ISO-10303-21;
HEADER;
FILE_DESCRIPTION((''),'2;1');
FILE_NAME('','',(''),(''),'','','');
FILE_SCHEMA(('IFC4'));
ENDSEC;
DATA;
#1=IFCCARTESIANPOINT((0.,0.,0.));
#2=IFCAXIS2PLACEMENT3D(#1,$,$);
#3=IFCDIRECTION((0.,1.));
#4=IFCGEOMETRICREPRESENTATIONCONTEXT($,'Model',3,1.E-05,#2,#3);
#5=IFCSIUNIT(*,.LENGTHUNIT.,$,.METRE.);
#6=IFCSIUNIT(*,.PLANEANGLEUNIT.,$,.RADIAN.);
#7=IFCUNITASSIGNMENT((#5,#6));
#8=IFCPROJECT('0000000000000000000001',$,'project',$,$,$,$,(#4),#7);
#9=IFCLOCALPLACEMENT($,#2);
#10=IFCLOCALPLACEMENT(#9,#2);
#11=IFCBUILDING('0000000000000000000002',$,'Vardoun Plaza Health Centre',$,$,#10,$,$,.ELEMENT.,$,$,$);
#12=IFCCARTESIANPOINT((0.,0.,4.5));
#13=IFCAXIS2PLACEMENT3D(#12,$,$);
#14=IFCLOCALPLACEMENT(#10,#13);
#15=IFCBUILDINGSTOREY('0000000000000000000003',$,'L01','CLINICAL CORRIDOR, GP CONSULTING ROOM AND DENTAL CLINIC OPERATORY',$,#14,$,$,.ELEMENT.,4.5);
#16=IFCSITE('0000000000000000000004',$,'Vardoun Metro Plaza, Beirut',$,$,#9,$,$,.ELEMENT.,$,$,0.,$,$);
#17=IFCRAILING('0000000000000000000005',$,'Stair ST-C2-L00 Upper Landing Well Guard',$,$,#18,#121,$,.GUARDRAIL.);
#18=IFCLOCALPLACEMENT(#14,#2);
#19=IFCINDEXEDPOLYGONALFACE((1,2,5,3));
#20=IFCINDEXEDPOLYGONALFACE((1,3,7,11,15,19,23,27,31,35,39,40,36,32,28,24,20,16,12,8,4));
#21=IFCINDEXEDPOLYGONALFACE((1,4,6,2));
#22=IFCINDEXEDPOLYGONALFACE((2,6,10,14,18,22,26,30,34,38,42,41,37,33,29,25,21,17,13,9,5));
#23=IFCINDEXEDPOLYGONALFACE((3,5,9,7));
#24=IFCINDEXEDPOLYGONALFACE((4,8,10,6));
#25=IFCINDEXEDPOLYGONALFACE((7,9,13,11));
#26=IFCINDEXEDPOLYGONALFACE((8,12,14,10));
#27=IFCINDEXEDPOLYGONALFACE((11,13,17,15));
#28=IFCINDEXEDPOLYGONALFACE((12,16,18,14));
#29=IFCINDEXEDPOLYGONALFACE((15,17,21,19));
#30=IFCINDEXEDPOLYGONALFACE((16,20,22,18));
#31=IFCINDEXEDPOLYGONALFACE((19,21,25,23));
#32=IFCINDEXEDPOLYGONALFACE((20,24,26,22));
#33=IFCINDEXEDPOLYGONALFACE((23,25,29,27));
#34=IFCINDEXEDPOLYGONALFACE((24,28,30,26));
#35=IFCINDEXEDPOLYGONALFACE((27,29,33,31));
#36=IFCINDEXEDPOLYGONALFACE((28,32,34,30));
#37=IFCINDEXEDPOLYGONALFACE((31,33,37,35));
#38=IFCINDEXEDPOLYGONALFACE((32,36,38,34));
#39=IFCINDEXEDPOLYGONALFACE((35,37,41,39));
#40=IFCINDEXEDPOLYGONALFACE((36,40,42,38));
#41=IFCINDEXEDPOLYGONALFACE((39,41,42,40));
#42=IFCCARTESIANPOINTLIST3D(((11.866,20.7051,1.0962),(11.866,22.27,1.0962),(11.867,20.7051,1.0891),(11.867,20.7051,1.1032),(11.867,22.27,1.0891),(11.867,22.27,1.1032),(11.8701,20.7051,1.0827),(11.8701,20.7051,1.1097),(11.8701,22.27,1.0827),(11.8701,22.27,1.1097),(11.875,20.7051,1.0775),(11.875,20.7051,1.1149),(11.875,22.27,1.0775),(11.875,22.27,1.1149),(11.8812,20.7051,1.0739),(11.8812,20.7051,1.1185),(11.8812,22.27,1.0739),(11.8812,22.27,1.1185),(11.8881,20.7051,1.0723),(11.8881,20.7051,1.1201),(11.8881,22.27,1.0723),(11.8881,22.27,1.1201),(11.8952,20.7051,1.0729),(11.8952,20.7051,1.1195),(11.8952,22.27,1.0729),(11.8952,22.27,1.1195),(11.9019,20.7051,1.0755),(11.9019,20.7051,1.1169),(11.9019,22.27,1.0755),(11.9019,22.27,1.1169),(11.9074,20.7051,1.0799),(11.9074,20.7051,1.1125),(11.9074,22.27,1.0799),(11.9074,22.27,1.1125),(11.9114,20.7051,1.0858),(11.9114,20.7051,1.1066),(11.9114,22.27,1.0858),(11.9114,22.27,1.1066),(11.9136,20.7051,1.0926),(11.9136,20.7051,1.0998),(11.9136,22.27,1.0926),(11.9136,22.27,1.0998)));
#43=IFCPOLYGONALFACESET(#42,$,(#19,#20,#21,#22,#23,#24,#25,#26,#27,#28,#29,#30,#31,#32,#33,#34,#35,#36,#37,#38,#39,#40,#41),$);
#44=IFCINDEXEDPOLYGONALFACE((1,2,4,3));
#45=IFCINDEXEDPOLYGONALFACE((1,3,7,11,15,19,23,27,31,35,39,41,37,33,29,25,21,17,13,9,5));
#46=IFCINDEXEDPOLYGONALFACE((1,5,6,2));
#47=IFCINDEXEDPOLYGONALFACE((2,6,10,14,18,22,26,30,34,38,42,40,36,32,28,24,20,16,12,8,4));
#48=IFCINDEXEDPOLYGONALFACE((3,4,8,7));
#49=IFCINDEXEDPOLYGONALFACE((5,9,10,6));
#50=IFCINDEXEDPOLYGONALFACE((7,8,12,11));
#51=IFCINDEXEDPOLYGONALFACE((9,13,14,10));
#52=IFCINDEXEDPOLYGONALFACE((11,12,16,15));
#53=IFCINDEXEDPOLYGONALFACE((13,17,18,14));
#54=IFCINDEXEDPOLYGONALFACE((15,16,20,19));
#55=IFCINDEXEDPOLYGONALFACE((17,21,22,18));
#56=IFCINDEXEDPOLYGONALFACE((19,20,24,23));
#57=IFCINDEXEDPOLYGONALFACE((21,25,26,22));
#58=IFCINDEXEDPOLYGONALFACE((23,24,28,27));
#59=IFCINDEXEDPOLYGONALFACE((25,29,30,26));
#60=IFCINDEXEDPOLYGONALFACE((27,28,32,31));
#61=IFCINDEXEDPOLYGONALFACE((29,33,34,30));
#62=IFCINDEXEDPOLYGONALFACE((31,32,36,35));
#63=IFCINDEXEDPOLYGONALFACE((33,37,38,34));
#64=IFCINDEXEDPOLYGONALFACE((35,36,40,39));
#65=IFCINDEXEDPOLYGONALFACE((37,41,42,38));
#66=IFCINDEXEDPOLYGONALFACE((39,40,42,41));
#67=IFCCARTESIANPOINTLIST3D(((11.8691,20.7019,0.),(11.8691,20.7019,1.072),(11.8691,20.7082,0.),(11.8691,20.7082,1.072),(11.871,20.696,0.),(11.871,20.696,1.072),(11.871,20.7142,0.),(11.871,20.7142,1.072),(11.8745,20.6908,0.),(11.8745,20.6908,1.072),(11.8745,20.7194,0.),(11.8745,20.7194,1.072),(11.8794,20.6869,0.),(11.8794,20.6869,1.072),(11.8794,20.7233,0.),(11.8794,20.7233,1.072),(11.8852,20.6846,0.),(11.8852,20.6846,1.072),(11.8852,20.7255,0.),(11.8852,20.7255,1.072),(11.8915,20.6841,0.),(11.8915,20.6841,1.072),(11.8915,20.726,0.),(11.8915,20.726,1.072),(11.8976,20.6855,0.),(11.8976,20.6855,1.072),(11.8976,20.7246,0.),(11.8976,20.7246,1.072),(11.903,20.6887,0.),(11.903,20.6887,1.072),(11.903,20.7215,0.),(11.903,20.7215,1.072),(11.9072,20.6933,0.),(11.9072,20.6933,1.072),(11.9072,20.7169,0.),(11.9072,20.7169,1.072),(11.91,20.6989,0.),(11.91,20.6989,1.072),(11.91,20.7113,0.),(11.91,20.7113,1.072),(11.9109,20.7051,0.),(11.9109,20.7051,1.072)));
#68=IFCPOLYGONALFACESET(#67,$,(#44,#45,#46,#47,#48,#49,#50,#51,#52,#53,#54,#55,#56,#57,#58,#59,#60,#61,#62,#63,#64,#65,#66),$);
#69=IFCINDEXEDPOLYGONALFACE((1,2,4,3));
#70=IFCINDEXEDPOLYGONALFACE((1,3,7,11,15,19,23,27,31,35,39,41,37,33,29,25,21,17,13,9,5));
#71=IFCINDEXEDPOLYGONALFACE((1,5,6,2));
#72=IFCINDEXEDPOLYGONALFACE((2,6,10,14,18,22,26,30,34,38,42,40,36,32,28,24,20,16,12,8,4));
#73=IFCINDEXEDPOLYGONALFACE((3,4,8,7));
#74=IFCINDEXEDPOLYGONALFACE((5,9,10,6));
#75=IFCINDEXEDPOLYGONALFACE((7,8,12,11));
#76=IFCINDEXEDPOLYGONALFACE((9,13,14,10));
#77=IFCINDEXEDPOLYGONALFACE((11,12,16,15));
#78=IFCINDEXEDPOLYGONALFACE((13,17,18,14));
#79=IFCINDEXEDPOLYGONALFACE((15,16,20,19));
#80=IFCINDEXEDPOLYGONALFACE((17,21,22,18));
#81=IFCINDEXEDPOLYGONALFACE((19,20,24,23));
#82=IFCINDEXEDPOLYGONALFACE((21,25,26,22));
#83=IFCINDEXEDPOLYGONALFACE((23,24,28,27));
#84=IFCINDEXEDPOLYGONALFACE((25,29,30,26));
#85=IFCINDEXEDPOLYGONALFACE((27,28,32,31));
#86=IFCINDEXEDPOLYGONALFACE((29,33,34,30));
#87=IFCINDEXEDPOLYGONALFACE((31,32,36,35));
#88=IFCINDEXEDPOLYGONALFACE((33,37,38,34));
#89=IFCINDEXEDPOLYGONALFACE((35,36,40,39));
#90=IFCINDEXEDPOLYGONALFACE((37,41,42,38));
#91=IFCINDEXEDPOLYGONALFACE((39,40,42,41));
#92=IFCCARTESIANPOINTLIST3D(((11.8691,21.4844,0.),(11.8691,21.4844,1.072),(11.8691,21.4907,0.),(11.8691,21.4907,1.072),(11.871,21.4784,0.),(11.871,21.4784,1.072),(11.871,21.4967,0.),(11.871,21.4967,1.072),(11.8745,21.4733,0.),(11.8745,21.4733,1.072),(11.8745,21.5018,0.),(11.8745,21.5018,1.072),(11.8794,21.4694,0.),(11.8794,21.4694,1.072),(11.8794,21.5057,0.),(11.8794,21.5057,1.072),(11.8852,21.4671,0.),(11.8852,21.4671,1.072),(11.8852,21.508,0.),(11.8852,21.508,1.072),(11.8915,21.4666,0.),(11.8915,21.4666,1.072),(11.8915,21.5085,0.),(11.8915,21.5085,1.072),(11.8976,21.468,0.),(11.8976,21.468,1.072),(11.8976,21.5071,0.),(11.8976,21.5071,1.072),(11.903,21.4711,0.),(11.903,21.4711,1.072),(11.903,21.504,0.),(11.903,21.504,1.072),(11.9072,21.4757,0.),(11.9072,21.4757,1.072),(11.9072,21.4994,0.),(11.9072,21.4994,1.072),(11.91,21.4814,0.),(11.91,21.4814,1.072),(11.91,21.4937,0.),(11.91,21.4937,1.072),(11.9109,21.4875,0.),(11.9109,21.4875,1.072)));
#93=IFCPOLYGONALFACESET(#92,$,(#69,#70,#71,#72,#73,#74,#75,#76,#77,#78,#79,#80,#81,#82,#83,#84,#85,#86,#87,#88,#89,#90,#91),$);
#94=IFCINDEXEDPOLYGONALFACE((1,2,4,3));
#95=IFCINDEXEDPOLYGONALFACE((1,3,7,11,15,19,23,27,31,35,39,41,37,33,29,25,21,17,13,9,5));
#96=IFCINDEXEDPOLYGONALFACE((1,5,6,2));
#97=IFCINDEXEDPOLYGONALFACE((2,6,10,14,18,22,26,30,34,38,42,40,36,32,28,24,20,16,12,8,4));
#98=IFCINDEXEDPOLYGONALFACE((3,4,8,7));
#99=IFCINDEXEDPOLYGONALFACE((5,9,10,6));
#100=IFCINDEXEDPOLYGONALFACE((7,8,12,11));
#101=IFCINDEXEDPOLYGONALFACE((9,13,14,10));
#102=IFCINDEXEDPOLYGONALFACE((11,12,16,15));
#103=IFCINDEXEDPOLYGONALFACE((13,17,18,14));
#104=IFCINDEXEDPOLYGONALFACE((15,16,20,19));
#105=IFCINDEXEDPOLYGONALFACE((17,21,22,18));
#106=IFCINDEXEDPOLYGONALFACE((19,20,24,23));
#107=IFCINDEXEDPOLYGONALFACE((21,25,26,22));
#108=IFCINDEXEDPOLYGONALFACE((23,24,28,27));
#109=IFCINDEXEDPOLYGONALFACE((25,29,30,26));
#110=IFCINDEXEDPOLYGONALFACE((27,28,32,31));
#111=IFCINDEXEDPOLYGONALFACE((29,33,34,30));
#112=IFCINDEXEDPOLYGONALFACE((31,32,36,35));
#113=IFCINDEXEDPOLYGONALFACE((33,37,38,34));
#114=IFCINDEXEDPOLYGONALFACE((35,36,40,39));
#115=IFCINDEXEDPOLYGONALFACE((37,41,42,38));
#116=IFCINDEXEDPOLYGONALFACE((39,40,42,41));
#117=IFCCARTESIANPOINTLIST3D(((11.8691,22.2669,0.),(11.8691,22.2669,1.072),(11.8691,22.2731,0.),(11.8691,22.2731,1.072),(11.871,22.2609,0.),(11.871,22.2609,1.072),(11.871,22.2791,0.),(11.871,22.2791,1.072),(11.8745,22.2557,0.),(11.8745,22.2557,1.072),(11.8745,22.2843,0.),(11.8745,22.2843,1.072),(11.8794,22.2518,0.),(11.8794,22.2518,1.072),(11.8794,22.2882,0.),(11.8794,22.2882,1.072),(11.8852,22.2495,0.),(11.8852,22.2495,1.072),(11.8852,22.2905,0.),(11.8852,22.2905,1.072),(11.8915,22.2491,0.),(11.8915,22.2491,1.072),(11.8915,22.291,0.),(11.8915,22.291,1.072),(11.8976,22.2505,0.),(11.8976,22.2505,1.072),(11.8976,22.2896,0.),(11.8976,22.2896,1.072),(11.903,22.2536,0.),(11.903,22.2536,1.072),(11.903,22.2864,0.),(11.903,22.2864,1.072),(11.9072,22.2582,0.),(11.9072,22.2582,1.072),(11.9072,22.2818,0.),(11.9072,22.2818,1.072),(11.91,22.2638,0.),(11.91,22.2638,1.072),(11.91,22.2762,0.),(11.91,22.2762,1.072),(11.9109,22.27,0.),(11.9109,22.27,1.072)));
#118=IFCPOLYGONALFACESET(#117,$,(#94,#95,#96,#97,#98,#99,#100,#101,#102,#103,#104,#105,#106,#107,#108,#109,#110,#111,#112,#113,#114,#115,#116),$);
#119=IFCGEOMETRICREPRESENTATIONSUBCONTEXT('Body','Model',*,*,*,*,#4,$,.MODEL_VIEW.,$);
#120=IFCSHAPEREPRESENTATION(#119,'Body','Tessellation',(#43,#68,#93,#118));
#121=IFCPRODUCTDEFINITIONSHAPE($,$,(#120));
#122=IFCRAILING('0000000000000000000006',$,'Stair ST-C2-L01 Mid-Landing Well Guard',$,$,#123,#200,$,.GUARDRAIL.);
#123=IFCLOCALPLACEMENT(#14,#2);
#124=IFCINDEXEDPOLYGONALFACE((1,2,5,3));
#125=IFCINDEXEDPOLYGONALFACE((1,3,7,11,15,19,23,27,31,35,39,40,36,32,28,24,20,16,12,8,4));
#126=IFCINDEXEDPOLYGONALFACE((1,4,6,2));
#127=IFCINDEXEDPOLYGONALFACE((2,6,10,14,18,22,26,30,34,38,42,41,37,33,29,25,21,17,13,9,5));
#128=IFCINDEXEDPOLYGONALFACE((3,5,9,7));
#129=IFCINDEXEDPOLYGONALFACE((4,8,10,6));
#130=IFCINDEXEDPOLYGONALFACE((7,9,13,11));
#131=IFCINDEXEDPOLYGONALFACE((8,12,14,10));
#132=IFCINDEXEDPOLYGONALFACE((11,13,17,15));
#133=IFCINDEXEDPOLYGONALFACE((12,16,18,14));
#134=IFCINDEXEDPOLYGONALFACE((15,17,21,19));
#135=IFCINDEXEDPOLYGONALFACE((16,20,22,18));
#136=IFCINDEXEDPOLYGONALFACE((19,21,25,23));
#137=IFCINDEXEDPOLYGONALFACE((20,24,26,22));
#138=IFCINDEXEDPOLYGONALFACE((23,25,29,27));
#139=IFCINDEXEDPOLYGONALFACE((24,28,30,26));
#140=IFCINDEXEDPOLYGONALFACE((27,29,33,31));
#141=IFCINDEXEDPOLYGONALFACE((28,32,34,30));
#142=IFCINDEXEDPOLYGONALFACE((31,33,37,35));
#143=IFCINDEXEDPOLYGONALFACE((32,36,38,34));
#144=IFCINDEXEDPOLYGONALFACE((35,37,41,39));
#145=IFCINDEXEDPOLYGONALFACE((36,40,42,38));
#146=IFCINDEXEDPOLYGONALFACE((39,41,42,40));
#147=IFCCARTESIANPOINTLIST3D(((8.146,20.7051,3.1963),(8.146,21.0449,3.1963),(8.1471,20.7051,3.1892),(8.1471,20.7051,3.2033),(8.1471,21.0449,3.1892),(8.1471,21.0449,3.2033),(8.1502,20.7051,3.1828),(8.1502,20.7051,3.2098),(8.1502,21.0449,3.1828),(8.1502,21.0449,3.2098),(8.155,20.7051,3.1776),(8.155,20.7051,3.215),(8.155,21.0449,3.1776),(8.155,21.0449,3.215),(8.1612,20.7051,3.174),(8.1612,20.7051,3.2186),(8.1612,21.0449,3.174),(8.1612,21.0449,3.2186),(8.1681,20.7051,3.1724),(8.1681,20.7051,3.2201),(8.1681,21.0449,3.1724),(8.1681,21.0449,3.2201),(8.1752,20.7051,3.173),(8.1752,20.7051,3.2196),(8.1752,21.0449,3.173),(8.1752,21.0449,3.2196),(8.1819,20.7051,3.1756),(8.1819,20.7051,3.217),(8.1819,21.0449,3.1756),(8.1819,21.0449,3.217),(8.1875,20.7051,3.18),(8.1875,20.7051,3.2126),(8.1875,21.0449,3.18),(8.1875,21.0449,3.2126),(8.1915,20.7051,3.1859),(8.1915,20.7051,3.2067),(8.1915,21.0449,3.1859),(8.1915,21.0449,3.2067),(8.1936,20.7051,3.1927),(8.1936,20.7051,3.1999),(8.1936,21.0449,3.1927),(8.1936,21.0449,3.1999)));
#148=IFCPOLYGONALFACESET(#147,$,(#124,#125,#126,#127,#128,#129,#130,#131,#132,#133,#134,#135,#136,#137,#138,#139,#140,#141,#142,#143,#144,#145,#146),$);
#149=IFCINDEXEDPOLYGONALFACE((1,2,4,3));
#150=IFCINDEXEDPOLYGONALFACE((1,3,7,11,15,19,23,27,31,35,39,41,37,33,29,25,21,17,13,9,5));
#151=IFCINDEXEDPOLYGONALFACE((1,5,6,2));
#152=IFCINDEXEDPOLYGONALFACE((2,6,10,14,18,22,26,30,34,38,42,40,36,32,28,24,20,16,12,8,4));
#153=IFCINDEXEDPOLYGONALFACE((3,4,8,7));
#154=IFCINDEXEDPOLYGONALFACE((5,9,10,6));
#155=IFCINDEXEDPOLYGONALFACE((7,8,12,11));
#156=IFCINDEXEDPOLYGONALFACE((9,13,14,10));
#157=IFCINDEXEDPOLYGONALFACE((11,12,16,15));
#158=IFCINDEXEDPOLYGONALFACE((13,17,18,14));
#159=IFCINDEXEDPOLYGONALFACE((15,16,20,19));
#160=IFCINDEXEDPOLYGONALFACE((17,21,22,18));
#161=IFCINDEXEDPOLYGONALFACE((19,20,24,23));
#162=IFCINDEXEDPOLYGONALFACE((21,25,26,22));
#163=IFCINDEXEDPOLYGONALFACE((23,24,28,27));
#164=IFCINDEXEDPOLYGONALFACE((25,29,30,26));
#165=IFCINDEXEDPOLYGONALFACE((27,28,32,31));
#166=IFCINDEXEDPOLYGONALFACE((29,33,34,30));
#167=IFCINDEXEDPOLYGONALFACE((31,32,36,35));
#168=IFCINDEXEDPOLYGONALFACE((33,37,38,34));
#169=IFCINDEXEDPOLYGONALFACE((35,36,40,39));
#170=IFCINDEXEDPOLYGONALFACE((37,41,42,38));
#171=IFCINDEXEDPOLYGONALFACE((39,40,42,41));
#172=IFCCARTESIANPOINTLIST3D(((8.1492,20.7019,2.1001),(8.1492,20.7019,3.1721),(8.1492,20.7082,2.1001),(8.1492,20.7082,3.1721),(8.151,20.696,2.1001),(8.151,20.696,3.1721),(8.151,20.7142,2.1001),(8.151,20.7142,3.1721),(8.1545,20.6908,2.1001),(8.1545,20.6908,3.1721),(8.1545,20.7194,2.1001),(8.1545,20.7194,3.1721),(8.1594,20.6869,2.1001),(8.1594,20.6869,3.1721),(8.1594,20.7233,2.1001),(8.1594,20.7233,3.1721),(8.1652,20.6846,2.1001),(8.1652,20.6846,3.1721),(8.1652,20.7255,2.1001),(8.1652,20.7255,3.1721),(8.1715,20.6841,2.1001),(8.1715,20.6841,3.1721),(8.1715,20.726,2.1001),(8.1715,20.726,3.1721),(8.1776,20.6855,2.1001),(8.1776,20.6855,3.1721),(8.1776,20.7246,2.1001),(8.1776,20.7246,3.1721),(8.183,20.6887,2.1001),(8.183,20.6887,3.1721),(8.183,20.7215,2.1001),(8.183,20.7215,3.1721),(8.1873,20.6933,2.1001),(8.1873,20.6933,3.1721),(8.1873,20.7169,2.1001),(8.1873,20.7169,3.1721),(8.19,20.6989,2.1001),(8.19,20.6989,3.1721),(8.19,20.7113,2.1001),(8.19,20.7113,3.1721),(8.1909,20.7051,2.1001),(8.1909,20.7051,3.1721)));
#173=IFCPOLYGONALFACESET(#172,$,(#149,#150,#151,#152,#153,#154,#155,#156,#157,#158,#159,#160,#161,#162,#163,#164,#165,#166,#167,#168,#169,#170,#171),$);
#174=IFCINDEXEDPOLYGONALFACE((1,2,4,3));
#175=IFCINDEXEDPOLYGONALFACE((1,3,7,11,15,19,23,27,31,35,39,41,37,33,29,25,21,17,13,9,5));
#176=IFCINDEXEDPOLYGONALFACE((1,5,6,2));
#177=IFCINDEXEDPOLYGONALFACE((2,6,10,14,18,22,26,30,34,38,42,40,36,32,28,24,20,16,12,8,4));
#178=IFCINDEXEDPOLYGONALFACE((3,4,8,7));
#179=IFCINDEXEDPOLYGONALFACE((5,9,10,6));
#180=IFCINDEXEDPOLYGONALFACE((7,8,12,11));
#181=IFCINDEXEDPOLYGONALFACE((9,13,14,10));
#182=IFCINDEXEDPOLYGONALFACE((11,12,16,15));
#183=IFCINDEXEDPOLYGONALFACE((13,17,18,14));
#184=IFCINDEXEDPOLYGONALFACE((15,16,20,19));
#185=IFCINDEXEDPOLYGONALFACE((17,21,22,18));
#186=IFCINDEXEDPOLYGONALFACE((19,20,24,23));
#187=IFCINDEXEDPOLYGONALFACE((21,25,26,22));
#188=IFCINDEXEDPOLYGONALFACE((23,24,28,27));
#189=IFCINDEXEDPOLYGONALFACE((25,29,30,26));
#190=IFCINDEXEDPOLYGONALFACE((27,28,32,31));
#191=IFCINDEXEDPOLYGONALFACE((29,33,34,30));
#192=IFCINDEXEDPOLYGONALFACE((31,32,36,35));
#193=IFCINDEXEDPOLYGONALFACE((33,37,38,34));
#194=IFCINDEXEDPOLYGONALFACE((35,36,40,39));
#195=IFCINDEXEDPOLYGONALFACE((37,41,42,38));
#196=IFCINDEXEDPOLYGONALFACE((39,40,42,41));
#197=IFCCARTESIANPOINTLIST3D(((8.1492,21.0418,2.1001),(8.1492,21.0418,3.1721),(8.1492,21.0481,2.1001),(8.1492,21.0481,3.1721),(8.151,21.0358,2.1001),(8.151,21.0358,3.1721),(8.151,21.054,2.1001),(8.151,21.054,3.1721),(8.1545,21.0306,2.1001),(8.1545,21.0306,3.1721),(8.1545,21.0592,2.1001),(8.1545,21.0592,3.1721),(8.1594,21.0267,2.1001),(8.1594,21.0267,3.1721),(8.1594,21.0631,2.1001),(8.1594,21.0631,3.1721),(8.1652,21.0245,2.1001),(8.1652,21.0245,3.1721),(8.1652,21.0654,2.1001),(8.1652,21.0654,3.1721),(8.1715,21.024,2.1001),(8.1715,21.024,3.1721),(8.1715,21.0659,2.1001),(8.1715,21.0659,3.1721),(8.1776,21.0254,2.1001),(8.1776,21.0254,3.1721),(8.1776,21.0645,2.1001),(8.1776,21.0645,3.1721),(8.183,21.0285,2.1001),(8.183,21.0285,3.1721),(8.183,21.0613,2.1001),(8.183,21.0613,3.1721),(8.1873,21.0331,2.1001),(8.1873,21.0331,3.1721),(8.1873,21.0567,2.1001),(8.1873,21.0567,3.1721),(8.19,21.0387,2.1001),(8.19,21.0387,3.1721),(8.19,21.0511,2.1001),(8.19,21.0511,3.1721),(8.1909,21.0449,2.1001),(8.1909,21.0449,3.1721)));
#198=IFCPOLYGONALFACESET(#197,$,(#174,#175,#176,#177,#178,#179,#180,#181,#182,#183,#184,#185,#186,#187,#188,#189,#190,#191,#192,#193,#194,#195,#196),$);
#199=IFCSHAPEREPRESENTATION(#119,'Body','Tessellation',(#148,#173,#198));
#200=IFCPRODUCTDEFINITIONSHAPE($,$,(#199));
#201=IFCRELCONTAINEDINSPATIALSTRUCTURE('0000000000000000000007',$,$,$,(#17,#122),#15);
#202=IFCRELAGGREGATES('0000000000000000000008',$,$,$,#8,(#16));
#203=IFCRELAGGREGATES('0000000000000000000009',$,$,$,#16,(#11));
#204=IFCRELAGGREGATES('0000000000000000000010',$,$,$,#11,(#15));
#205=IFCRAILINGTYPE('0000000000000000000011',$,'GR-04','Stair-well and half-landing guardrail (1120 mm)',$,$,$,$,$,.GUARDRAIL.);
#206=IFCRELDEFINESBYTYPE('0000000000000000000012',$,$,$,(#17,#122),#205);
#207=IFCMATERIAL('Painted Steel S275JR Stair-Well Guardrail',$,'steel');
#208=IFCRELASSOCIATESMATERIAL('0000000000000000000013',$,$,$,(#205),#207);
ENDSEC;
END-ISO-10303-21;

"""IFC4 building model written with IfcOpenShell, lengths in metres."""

from ifc_helpers import new_model, si_unit, direction, frame, origin, origin_2d, place, context, subcontext, project, spatial, circle, extrude, material, type_object, element, save


model = new_model("IFC4")

# Units and contexts
model_context = context("Model", 3, precision=1e-05, world=origin(), true_north=direction((0.0, 1.0)))
body_context = subcontext(model_context, "Body", "Model", "MODEL_VIEW")
ifc_project = project(units=[si_unit("LENGTHUNIT", "METRE"), si_unit("PLANEANGLEUNIT", "RADIAN")], contexts=[model_context])

# Site, building, storey
site_placement = place(None, origin())
site = spatial("IfcSite", under=ifc_project, at=site_placement, Name="Vardoun Metro Plaza, Beirut", CompositionType="ELEMENT", RefElevation=0.0)
building_placement = place(site_placement, origin())
building = spatial("IfcBuilding", under=site, at=building_placement, Name="Vardoun Plaza Health Centre", CompositionType="ELEMENT")
storey_placement = place(building_placement, frame((0.0, 0.0, 4.5)))
storey = spatial("IfcBuildingStorey", under=building, at=storey_placement, Name="L01", Description="CLINICAL CORRIDOR, GP CONSULTING ROOM AND DENTAL CLINIC OPERATORY", CompositionType="ELEMENT", Elevation=4.5)

# Railings
ifc_material_1 = material(Name="Painted Steel S275JR Stair-Well Guardrail", Category="steel")
railing_type_1 = type_object("IfcRailingType", Name="GR-04", Description="Stair-well and half-landing guardrail (1120 mm)", PredefinedType="GUARDRAIL", material=ifc_material_1)
railing_1_placement = place(storey_placement, frame((11.8899, 20.7051, 0.0)))
element("IfcRailing", 1, at=railing_1_placement, inside=storey, type_object=railing_type_1, Name="Stair ST-C2-L00 Upper Landing Well Guard", PredefinedType="GUARDRAIL", context=body_context, shape_type="SweptSolid", body=[
    extrude(circle(Radius=0.0239, at=origin_2d()), frame((0.0, 0.0, 1.0962), z_axis=(0.0, 1.0, 0.0), x_axis=(-1.0, 0.0, 0.0)), (0.0, 0.0, 1.0), 1.5649),
    extrude(circle(Radius=0.021, at=origin_2d()), origin(), (0.0, 0.0, 1.0), 1.072),
    extrude(circle(Radius=0.021, at=origin_2d()), frame((0.0, 0.7825, 0.0)), (0.0, 0.0, 1.0), 1.072),
    extrude(circle(Radius=0.021, at=origin_2d()), frame((0.0, 1.5649, 0.0)), (0.0, 0.0, 1.0), 1.072),
])
railing_2_placement = place(storey_placement, frame((8.1699, 20.7051, 2.1001)))
element("IfcRailing", 2, at=railing_2_placement, inside=storey, type_object=railing_type_1, Name="Stair ST-C2-L01 Mid-Landing Well Guard", PredefinedType="GUARDRAIL", context=body_context, shape_type="SweptSolid", body=[
    extrude(circle(Radius=0.0239, at=origin_2d()), frame((0.0, 0.0, 1.0962), z_axis=(0.0, 1.0, 0.0), x_axis=(-1.0, 0.0, 0.0)), (0.0, 0.0, 1.0), 0.3398),
    extrude(circle(Radius=0.021, at=origin_2d()), origin(), (0.0, 0.0, 1.0), 1.072),
    extrude(circle(Radius=0.021, at=origin_2d()), frame((0.0, 0.3398, 0.0)), (0.0, 0.0, 1.0), 1.072),
])

save(model, "model.ifc")
